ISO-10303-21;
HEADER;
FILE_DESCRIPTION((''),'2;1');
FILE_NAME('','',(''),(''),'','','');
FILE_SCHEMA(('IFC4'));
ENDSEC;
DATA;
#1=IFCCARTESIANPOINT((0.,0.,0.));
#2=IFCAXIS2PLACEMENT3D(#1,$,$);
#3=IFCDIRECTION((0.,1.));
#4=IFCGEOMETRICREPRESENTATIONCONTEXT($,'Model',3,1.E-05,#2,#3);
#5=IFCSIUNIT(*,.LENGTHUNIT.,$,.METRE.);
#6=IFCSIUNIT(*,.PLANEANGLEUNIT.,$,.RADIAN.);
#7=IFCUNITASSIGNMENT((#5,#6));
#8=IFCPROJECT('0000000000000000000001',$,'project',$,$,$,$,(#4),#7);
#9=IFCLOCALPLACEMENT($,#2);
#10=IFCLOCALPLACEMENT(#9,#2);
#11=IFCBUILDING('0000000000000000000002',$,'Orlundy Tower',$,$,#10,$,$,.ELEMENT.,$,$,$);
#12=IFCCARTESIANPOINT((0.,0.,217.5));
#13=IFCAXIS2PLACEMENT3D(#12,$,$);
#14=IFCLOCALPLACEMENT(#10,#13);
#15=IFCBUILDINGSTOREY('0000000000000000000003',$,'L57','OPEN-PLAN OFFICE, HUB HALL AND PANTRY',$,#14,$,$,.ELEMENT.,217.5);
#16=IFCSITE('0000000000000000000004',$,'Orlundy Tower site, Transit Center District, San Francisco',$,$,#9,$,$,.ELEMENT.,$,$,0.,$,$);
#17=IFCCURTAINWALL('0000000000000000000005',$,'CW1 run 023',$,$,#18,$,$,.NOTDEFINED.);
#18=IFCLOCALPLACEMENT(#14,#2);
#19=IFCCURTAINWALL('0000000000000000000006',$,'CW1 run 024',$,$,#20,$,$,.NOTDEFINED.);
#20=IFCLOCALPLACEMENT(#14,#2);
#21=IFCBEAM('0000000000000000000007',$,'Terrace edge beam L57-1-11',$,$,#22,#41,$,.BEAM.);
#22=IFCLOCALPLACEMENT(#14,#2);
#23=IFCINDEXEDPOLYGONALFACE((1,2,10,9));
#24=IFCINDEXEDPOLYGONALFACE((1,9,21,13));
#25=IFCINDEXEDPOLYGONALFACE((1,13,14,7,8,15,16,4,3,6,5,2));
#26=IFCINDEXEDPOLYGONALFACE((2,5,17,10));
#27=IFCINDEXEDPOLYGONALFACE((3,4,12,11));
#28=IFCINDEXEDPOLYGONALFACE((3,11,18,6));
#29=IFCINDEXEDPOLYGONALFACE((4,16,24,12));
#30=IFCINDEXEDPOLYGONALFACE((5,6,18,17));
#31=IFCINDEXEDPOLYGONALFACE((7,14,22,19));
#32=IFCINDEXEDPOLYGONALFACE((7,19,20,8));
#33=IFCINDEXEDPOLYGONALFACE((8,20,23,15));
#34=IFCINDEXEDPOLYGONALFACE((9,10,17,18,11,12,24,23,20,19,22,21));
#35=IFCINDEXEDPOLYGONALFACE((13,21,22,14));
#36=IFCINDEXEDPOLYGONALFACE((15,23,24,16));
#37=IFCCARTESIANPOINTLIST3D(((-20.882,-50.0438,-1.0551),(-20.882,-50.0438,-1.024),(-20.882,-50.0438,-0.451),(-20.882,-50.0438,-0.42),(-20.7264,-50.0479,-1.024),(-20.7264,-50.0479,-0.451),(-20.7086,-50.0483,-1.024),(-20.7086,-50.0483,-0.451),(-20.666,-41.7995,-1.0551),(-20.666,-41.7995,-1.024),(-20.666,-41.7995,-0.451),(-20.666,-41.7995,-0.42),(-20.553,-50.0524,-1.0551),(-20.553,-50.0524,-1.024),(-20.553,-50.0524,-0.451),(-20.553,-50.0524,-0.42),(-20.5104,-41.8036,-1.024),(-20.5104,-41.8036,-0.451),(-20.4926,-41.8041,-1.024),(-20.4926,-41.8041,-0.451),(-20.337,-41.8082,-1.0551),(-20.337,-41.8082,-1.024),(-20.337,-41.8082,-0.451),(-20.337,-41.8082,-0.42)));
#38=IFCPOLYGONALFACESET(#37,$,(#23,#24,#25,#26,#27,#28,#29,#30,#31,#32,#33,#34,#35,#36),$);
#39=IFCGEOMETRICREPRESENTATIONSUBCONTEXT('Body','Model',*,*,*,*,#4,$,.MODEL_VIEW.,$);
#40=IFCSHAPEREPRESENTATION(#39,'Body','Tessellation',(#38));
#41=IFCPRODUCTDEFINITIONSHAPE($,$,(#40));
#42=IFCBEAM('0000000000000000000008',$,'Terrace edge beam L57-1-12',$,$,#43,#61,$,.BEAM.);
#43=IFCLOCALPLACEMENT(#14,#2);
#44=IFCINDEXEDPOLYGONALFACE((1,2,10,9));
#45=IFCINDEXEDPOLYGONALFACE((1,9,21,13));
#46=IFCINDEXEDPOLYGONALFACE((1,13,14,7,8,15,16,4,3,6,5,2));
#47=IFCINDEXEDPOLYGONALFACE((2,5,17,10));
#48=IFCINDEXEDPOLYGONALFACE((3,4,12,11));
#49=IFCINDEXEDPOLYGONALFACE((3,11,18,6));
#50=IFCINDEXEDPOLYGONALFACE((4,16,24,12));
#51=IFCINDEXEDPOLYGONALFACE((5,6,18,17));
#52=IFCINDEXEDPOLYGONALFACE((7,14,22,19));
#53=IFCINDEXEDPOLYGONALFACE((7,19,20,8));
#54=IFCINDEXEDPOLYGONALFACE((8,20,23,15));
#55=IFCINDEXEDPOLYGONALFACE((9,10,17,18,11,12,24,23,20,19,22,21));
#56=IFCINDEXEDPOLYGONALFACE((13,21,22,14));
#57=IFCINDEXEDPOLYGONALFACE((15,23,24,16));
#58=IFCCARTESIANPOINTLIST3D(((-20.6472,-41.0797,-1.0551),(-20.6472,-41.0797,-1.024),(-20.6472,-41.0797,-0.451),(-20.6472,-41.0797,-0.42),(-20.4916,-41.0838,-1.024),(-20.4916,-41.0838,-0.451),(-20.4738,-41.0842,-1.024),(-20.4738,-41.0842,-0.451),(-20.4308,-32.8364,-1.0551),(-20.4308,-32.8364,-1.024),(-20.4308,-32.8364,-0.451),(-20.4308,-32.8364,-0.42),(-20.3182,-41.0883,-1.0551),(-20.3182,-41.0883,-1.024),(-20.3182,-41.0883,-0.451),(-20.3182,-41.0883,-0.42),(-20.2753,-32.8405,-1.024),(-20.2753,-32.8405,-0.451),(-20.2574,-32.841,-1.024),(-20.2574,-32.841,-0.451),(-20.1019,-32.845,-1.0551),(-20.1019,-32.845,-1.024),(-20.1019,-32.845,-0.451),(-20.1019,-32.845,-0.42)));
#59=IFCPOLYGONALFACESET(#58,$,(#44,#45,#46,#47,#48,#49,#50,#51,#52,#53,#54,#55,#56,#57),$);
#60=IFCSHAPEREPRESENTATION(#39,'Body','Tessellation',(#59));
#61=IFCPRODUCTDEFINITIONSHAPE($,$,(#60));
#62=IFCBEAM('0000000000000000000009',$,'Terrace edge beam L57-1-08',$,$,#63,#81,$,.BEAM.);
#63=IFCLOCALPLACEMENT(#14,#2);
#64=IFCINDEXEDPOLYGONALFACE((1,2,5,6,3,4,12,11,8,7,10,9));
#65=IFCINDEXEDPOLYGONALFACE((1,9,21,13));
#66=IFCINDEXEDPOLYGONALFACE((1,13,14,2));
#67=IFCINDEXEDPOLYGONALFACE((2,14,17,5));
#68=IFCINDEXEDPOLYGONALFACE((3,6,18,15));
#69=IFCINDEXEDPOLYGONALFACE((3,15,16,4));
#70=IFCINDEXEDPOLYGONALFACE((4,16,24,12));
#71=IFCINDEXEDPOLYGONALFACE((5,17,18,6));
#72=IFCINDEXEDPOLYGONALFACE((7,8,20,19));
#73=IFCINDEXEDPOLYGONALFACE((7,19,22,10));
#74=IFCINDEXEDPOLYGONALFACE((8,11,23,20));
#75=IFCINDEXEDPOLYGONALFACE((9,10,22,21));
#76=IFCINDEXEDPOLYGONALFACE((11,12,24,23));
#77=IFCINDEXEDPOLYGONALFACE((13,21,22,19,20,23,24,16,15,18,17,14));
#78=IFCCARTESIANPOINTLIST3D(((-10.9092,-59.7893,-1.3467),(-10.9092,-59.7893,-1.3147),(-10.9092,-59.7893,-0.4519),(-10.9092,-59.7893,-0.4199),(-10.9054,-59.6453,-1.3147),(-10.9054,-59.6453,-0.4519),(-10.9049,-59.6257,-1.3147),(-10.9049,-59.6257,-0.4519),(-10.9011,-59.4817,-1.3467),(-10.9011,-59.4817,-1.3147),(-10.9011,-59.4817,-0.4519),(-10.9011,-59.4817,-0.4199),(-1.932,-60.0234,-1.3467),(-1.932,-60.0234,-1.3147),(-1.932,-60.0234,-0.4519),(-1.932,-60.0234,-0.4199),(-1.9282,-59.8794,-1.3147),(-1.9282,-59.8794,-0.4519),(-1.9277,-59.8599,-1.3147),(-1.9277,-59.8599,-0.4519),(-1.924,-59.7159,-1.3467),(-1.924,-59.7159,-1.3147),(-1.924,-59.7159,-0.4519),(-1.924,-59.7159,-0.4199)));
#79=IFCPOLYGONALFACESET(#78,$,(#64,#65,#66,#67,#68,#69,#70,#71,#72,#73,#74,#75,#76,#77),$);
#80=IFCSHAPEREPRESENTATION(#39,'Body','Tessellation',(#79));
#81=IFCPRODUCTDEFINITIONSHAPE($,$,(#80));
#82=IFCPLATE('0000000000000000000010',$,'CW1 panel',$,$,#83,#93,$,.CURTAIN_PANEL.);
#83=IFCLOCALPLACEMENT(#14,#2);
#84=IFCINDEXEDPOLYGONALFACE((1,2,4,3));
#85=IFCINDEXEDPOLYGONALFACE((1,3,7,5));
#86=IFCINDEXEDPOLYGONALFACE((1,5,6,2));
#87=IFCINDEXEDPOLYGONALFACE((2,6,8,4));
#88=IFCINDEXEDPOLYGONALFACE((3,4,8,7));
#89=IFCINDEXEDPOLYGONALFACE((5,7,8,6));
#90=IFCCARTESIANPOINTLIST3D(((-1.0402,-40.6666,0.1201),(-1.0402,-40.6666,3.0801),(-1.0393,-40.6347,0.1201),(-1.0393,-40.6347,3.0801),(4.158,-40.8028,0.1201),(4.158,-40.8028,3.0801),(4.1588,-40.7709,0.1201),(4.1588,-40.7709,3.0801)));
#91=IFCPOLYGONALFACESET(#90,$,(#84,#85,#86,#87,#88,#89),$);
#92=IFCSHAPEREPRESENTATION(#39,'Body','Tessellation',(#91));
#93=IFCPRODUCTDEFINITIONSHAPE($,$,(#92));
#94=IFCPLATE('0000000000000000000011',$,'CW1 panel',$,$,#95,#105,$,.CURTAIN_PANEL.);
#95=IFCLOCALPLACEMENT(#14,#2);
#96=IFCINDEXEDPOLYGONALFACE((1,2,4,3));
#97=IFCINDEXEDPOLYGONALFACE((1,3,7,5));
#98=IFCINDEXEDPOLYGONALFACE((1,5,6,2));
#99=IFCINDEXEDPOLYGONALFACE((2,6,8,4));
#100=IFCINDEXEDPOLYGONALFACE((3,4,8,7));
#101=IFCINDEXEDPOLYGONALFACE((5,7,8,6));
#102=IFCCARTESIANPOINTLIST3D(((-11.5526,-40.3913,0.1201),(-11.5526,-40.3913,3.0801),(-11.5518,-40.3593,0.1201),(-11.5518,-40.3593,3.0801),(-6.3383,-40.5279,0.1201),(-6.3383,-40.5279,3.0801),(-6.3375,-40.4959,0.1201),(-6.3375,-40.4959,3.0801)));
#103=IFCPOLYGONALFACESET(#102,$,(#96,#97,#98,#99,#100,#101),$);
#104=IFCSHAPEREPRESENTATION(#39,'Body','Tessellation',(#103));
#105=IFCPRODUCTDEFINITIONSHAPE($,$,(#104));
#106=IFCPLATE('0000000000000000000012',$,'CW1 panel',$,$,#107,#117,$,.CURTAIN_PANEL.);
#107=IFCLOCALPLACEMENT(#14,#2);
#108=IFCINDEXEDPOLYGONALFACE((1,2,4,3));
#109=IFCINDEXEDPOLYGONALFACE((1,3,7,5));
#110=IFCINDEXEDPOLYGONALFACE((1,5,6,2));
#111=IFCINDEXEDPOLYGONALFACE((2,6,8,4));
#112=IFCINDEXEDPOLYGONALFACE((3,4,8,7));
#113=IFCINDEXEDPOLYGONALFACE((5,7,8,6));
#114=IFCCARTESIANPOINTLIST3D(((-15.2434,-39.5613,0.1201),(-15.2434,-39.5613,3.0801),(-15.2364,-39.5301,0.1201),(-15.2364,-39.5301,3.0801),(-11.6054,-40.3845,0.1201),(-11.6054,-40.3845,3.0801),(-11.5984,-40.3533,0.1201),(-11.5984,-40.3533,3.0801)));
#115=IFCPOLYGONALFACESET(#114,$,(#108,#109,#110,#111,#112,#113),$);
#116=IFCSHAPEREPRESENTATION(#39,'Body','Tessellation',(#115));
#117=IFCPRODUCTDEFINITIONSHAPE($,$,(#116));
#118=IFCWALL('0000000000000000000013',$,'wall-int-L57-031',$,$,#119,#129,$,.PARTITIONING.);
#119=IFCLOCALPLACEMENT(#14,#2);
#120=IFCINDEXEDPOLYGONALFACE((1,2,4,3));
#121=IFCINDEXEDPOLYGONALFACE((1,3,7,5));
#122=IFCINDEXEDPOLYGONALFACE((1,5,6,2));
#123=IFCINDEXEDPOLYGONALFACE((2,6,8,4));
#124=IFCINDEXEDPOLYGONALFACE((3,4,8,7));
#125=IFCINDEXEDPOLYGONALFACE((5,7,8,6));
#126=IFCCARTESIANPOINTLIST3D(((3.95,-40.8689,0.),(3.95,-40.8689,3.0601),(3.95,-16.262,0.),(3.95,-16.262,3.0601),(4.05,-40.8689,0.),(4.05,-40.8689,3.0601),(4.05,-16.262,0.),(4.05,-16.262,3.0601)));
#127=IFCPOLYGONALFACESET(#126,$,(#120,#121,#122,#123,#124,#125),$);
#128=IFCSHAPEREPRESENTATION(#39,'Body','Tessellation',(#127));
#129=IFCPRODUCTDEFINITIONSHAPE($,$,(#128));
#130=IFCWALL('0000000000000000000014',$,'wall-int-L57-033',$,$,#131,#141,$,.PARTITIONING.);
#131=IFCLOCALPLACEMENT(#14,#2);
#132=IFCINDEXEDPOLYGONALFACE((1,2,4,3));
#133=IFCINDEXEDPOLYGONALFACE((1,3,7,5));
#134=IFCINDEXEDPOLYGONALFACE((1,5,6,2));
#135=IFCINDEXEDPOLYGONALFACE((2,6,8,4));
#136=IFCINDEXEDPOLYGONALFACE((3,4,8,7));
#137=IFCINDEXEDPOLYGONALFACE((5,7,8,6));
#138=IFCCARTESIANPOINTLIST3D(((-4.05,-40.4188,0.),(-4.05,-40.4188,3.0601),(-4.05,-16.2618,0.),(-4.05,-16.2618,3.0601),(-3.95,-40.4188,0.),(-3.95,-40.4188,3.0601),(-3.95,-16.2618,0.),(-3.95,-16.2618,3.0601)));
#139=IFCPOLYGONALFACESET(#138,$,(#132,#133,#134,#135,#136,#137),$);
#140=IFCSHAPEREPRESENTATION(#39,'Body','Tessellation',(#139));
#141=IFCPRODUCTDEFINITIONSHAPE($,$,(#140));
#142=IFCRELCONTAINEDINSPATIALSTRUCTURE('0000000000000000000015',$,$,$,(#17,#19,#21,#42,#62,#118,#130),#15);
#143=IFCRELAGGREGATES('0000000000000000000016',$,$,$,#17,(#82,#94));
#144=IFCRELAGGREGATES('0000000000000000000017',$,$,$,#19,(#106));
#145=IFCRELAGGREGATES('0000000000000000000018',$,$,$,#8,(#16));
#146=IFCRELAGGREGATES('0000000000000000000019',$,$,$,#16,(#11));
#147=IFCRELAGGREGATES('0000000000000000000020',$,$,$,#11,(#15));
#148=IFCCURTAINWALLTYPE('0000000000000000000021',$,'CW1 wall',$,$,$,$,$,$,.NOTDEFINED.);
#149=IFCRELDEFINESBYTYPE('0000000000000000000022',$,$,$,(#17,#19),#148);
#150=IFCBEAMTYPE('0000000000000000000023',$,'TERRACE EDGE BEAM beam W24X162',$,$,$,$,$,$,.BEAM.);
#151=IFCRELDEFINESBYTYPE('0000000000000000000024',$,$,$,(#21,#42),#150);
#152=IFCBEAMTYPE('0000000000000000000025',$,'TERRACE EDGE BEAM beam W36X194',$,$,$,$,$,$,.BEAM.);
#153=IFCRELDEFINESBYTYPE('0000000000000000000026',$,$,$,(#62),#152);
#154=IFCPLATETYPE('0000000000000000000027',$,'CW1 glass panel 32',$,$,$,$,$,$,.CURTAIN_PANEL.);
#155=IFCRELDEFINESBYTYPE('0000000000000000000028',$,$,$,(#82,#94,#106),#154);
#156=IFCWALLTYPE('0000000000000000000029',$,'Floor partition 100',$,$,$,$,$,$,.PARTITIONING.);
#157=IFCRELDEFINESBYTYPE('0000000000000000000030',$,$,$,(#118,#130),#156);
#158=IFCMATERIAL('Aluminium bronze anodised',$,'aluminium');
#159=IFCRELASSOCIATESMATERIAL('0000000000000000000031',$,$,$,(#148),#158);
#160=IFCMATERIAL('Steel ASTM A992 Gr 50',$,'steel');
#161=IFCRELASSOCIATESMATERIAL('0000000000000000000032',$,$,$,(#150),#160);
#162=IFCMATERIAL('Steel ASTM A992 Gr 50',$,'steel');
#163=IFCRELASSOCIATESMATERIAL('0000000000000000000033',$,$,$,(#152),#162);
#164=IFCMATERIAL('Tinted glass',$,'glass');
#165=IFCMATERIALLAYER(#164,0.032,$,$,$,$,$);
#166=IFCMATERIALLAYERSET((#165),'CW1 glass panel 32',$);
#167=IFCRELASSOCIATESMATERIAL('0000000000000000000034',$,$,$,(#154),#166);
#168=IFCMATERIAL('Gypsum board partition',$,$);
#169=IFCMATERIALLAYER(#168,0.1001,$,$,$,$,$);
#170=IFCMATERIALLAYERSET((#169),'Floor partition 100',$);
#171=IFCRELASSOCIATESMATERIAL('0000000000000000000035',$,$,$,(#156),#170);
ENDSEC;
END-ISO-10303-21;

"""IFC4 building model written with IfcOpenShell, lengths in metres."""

from ifc_helpers import new_model, si_unit, direction, frame, frame_2d, origin, origin_2d, place, context, subcontext, project, spatial, rectangle, i_section, extrude, material, layer, layer_set, material_profile, profile_set, type_object, element, aggregate, save


model = new_model("IFC4")

# Units and contexts
model_context = context("Model", 3, precision=1e-05, world=origin(), true_north=direction((0.0, 1.0)))
body_context = subcontext(model_context, "Body", "Model", "MODEL_VIEW")
ifc_project = project(units=[si_unit("LENGTHUNIT", "METRE"), si_unit("PLANEANGLEUNIT", "RADIAN")], contexts=[model_context])

# Site, building, storey
site_placement = place(None, origin())
site = spatial("IfcSite", under=ifc_project, at=site_placement, Name="Orlundy Tower site, Transit Center District, San Francisco", CompositionType="ELEMENT", RefElevation=0.0)
building_placement = place(site_placement, origin())
building = spatial("IfcBuilding", under=site, at=building_placement, Name="Orlundy Tower", CompositionType="ELEMENT")
storey_placement = place(building_placement, frame((0.0, 0.0, 217.5)))
storey = spatial("IfcBuildingStorey", under=building, at=storey_placement, Name="L57", Description="OPEN-PLAN OFFICE, HUB HALL AND PANTRY", CompositionType="ELEMENT", Elevation=217.5)

# Shared definitions
ifc_material_1 = material(Name="Aluminium bronze anodised", Category="aluminium")
curtain_wall_type = type_object("IfcCurtainWallType", Name="CW1 wall", PredefinedType="NOTDEFINED", material=ifc_material_1)

# Curtain wall
curtain_wall_1_placement = place(storey_placement, origin())
curtain_wall_1 = element("IfcCurtainWall", 1, at=curtain_wall_1_placement, inside=storey, type_object=curtain_wall_type, Name="CW1 run 023", PredefinedType="NOTDEFINED")

# Curtain wall
curtain_wall_2_placement = place(storey_placement, origin())
curtain_wall_2 = element("IfcCurtainWall", 2, at=curtain_wall_2_placement, inside=storey, type_object=curtain_wall_type, Name="CW1 run 024", PredefinedType="NOTDEFINED")

# Beams
ifc_material_2 = material(Name="Steel ASTM A992 Gr 50", Category="steel")
ifc_material_profile_1 = material_profile(ifc_material_2, i_section(OverallWidth=0.3291, OverallDepth=0.635, WebThickness=0.0178, FlangeThickness=0.031, at=origin_2d()), Name="W24X162")
ifc_profile_set_1 = profile_set([ifc_material_profile_1], Name="Steel ASTM A992 Gr 50")
beam_type_1 = type_object("IfcBeamType", Name="TERRACE EDGE BEAM beam W24X162", PredefinedType="BEAM", material=ifc_profile_set_1)
beam_1_placement = place(storey_placement, frame((-20.7175, -50.0481, -0.7375), z_axis=(0.026199, 0.999657, 0.0), x_axis=(-0.999657, 0.026199, 0.0)))
element("IfcBeam", 3, at=beam_1_placement, inside=storey, type_object=beam_type_1, Name="Terrace edge beam L57-1-11", PredefinedType="BEAM", context=body_context, shape_type="SweptSolid", body=[
    extrude(i_section(OverallWidth=0.3291, OverallDepth=0.635, WebThickness=0.0178, FlangeThickness=0.031, at=origin_2d()), origin(), (0.0, 0.0, 1.0), 8.2471),
])
beam_2_placement = place(storey_placement, frame((-20.4827, -41.084, -0.7375), z_axis=(0.026232, 0.999656, 0.0), x_axis=(-0.999656, 0.026232, 0.0)))
element("IfcBeam", 4, at=beam_2_placement, inside=storey, type_object=beam_type_1, Name="Terrace edge beam L57-1-12", PredefinedType="BEAM", context=body_context, shape_type="SweptSolid", body=[
    extrude(i_section(OverallWidth=0.3291, OverallDepth=0.635, WebThickness=0.0178, FlangeThickness=0.031, at=origin_2d()), origin(), (0.0, 0.0, 1.0), 8.2461),
])
ifc_material_3 = material(Name="Steel ASTM A992 Gr 50", Category="steel")
ifc_material_profile_2 = material_profile(ifc_material_3, i_section(OverallWidth=0.3076, OverallDepth=0.9268, WebThickness=0.0195, FlangeThickness=0.032, at=origin_2d()), Name="W36X194")
ifc_profile_set_2 = profile_set([ifc_material_profile_2], Name="Steel ASTM A992 Gr 50")
beam_type_2 = type_object("IfcBeamType", Name="TERRACE EDGE BEAM beam W36X194", PredefinedType="BEAM", material=ifc_profile_set_2)
beam_3_placement = place(storey_placement, frame((-1.928, -59.8696, -0.8833), z_axis=(-0.99966, 0.026072, 0.0), x_axis=(-0.026072, -0.99966, 0.0)))
element("IfcBeam", 5, at=beam_3_placement, inside=storey, type_object=beam_type_2, Name="Terrace edge beam L57-1-08", PredefinedType="BEAM", context=body_context, shape_type="SweptSolid", body=[
    extrude(i_section(OverallWidth=0.3076, OverallDepth=0.9268, WebThickness=0.0195, FlangeThickness=0.032, at=origin_2d()), origin(), (0.0, 0.0, 1.0), 8.9802),
])

# Plates
ifc_material_4 = material(Name="Tinted glass", Category="glass")
ifc_layer_1 = layer(ifc_material_4, 0.032)
ifc_layer_set_1 = layer_set([ifc_layer_1], Name="CW1 glass panel 32")
plate_type = type_object("IfcPlateType", Name="CW1 glass panel 32", PredefinedType="CURTAIN_PANEL", material=ifc_layer_set_1)
plate_1_placement = place(storey_placement, frame((1.5593, -40.7188, 0.1201), z_axis=(0.0, 0.0, 1.0), x_axis=(-0.999657, 0.02619, 0.0)))
plate_1 = element("IfcPlate", 6, at=plate_1_placement, type_object=plate_type, Name="CW1 panel", PredefinedType="CURTAIN_PANEL", context=body_context, shape_type="SweptSolid", body=[
    extrude(rectangle(XDim=5.2, YDim=0.032, at=origin_2d()), origin(), (0.0, 0.0, 1.0), 2.96),
])
plate_2_placement = place(storey_placement, frame((-8.9451, -40.4436, 0.1201), z_axis=(0.0, 0.0, 1.0), x_axis=(-0.999657, 0.02619, 0.0)))
plate_2 = element("IfcPlate", 7, at=plate_2_placement, type_object=plate_type, Name="CW1 panel", PredefinedType="CURTAIN_PANEL", context=body_context, shape_type="SweptSolid", body=[
    extrude(rectangle(XDim=5.2161, YDim=0.032, at=origin_2d()), origin(), (0.0, 0.0, 1.0), 2.96),
])
aggregate(curtain_wall_1, [plate_1, plate_2])
plate_3_placement = place(storey_placement, frame((-13.4209, -39.9573, 0.1201), z_axis=(0.0, 0.0, 1.0), x_axis=(-0.975342, 0.2207, 0.0)))
plate_3 = element("IfcPlate", 8, at=plate_3_placement, type_object=plate_type, Name="CW1 panel", PredefinedType="CURTAIN_PANEL", context=body_context, shape_type="SweptSolid", body=[
    extrude(rectangle(XDim=3.73, YDim=0.032, at=origin_2d()), origin(), (0.0, 0.0, 1.0), 2.96),
])
aggregate(curtain_wall_2, [plate_3])

# Walls
ifc_material_5 = material(Name="Gypsum board partition")
ifc_layer_2 = layer(ifc_material_5, 0.1001)
ifc_layer_set_2 = layer_set([ifc_layer_2], Name="Floor partition 100")
wall_type_1 = type_object("IfcWallType", Name="Floor partition 100", PredefinedType="PARTITIONING", material=ifc_layer_set_2)
wall_1_placement = place(storey_placement, frame((4.0, -40.8689, 0.0), z_axis=(0.0, 0.0, 1.0), x_axis=(0.0, 1.0, 0.0)))
element("IfcWall", 9, at=wall_1_placement, inside=storey, type_object=wall_type_1, Name="wall-int-L57-031", PredefinedType="PARTITIONING", context=body_context, shape_type="SweptSolid", body=[
    extrude(rectangle(XDim=24.6069, YDim=0.1001, at=frame_2d((12.3035, 0.0))), origin(), (0.0, 0.0, 1.0), 3.0601),
])
wall_2_placement = place(storey_placement, frame((-4.0, -40.4189, 0.0), z_axis=(0.0, 0.0, 1.0), x_axis=(0.0, 1.0, 0.0)))
element("IfcWall", 10, at=wall_2_placement, inside=storey, type_object=wall_type_1, Name="wall-int-L57-033", PredefinedType="PARTITIONING", context=body_context, shape_type="SweptSolid", body=[
    extrude(rectangle(XDim=24.157, YDim=0.1001, at=frame_2d((12.0786, 0.0))), origin(), (0.0, 0.0, 1.0), 3.0601),
])

save(model, "model.ifc")
